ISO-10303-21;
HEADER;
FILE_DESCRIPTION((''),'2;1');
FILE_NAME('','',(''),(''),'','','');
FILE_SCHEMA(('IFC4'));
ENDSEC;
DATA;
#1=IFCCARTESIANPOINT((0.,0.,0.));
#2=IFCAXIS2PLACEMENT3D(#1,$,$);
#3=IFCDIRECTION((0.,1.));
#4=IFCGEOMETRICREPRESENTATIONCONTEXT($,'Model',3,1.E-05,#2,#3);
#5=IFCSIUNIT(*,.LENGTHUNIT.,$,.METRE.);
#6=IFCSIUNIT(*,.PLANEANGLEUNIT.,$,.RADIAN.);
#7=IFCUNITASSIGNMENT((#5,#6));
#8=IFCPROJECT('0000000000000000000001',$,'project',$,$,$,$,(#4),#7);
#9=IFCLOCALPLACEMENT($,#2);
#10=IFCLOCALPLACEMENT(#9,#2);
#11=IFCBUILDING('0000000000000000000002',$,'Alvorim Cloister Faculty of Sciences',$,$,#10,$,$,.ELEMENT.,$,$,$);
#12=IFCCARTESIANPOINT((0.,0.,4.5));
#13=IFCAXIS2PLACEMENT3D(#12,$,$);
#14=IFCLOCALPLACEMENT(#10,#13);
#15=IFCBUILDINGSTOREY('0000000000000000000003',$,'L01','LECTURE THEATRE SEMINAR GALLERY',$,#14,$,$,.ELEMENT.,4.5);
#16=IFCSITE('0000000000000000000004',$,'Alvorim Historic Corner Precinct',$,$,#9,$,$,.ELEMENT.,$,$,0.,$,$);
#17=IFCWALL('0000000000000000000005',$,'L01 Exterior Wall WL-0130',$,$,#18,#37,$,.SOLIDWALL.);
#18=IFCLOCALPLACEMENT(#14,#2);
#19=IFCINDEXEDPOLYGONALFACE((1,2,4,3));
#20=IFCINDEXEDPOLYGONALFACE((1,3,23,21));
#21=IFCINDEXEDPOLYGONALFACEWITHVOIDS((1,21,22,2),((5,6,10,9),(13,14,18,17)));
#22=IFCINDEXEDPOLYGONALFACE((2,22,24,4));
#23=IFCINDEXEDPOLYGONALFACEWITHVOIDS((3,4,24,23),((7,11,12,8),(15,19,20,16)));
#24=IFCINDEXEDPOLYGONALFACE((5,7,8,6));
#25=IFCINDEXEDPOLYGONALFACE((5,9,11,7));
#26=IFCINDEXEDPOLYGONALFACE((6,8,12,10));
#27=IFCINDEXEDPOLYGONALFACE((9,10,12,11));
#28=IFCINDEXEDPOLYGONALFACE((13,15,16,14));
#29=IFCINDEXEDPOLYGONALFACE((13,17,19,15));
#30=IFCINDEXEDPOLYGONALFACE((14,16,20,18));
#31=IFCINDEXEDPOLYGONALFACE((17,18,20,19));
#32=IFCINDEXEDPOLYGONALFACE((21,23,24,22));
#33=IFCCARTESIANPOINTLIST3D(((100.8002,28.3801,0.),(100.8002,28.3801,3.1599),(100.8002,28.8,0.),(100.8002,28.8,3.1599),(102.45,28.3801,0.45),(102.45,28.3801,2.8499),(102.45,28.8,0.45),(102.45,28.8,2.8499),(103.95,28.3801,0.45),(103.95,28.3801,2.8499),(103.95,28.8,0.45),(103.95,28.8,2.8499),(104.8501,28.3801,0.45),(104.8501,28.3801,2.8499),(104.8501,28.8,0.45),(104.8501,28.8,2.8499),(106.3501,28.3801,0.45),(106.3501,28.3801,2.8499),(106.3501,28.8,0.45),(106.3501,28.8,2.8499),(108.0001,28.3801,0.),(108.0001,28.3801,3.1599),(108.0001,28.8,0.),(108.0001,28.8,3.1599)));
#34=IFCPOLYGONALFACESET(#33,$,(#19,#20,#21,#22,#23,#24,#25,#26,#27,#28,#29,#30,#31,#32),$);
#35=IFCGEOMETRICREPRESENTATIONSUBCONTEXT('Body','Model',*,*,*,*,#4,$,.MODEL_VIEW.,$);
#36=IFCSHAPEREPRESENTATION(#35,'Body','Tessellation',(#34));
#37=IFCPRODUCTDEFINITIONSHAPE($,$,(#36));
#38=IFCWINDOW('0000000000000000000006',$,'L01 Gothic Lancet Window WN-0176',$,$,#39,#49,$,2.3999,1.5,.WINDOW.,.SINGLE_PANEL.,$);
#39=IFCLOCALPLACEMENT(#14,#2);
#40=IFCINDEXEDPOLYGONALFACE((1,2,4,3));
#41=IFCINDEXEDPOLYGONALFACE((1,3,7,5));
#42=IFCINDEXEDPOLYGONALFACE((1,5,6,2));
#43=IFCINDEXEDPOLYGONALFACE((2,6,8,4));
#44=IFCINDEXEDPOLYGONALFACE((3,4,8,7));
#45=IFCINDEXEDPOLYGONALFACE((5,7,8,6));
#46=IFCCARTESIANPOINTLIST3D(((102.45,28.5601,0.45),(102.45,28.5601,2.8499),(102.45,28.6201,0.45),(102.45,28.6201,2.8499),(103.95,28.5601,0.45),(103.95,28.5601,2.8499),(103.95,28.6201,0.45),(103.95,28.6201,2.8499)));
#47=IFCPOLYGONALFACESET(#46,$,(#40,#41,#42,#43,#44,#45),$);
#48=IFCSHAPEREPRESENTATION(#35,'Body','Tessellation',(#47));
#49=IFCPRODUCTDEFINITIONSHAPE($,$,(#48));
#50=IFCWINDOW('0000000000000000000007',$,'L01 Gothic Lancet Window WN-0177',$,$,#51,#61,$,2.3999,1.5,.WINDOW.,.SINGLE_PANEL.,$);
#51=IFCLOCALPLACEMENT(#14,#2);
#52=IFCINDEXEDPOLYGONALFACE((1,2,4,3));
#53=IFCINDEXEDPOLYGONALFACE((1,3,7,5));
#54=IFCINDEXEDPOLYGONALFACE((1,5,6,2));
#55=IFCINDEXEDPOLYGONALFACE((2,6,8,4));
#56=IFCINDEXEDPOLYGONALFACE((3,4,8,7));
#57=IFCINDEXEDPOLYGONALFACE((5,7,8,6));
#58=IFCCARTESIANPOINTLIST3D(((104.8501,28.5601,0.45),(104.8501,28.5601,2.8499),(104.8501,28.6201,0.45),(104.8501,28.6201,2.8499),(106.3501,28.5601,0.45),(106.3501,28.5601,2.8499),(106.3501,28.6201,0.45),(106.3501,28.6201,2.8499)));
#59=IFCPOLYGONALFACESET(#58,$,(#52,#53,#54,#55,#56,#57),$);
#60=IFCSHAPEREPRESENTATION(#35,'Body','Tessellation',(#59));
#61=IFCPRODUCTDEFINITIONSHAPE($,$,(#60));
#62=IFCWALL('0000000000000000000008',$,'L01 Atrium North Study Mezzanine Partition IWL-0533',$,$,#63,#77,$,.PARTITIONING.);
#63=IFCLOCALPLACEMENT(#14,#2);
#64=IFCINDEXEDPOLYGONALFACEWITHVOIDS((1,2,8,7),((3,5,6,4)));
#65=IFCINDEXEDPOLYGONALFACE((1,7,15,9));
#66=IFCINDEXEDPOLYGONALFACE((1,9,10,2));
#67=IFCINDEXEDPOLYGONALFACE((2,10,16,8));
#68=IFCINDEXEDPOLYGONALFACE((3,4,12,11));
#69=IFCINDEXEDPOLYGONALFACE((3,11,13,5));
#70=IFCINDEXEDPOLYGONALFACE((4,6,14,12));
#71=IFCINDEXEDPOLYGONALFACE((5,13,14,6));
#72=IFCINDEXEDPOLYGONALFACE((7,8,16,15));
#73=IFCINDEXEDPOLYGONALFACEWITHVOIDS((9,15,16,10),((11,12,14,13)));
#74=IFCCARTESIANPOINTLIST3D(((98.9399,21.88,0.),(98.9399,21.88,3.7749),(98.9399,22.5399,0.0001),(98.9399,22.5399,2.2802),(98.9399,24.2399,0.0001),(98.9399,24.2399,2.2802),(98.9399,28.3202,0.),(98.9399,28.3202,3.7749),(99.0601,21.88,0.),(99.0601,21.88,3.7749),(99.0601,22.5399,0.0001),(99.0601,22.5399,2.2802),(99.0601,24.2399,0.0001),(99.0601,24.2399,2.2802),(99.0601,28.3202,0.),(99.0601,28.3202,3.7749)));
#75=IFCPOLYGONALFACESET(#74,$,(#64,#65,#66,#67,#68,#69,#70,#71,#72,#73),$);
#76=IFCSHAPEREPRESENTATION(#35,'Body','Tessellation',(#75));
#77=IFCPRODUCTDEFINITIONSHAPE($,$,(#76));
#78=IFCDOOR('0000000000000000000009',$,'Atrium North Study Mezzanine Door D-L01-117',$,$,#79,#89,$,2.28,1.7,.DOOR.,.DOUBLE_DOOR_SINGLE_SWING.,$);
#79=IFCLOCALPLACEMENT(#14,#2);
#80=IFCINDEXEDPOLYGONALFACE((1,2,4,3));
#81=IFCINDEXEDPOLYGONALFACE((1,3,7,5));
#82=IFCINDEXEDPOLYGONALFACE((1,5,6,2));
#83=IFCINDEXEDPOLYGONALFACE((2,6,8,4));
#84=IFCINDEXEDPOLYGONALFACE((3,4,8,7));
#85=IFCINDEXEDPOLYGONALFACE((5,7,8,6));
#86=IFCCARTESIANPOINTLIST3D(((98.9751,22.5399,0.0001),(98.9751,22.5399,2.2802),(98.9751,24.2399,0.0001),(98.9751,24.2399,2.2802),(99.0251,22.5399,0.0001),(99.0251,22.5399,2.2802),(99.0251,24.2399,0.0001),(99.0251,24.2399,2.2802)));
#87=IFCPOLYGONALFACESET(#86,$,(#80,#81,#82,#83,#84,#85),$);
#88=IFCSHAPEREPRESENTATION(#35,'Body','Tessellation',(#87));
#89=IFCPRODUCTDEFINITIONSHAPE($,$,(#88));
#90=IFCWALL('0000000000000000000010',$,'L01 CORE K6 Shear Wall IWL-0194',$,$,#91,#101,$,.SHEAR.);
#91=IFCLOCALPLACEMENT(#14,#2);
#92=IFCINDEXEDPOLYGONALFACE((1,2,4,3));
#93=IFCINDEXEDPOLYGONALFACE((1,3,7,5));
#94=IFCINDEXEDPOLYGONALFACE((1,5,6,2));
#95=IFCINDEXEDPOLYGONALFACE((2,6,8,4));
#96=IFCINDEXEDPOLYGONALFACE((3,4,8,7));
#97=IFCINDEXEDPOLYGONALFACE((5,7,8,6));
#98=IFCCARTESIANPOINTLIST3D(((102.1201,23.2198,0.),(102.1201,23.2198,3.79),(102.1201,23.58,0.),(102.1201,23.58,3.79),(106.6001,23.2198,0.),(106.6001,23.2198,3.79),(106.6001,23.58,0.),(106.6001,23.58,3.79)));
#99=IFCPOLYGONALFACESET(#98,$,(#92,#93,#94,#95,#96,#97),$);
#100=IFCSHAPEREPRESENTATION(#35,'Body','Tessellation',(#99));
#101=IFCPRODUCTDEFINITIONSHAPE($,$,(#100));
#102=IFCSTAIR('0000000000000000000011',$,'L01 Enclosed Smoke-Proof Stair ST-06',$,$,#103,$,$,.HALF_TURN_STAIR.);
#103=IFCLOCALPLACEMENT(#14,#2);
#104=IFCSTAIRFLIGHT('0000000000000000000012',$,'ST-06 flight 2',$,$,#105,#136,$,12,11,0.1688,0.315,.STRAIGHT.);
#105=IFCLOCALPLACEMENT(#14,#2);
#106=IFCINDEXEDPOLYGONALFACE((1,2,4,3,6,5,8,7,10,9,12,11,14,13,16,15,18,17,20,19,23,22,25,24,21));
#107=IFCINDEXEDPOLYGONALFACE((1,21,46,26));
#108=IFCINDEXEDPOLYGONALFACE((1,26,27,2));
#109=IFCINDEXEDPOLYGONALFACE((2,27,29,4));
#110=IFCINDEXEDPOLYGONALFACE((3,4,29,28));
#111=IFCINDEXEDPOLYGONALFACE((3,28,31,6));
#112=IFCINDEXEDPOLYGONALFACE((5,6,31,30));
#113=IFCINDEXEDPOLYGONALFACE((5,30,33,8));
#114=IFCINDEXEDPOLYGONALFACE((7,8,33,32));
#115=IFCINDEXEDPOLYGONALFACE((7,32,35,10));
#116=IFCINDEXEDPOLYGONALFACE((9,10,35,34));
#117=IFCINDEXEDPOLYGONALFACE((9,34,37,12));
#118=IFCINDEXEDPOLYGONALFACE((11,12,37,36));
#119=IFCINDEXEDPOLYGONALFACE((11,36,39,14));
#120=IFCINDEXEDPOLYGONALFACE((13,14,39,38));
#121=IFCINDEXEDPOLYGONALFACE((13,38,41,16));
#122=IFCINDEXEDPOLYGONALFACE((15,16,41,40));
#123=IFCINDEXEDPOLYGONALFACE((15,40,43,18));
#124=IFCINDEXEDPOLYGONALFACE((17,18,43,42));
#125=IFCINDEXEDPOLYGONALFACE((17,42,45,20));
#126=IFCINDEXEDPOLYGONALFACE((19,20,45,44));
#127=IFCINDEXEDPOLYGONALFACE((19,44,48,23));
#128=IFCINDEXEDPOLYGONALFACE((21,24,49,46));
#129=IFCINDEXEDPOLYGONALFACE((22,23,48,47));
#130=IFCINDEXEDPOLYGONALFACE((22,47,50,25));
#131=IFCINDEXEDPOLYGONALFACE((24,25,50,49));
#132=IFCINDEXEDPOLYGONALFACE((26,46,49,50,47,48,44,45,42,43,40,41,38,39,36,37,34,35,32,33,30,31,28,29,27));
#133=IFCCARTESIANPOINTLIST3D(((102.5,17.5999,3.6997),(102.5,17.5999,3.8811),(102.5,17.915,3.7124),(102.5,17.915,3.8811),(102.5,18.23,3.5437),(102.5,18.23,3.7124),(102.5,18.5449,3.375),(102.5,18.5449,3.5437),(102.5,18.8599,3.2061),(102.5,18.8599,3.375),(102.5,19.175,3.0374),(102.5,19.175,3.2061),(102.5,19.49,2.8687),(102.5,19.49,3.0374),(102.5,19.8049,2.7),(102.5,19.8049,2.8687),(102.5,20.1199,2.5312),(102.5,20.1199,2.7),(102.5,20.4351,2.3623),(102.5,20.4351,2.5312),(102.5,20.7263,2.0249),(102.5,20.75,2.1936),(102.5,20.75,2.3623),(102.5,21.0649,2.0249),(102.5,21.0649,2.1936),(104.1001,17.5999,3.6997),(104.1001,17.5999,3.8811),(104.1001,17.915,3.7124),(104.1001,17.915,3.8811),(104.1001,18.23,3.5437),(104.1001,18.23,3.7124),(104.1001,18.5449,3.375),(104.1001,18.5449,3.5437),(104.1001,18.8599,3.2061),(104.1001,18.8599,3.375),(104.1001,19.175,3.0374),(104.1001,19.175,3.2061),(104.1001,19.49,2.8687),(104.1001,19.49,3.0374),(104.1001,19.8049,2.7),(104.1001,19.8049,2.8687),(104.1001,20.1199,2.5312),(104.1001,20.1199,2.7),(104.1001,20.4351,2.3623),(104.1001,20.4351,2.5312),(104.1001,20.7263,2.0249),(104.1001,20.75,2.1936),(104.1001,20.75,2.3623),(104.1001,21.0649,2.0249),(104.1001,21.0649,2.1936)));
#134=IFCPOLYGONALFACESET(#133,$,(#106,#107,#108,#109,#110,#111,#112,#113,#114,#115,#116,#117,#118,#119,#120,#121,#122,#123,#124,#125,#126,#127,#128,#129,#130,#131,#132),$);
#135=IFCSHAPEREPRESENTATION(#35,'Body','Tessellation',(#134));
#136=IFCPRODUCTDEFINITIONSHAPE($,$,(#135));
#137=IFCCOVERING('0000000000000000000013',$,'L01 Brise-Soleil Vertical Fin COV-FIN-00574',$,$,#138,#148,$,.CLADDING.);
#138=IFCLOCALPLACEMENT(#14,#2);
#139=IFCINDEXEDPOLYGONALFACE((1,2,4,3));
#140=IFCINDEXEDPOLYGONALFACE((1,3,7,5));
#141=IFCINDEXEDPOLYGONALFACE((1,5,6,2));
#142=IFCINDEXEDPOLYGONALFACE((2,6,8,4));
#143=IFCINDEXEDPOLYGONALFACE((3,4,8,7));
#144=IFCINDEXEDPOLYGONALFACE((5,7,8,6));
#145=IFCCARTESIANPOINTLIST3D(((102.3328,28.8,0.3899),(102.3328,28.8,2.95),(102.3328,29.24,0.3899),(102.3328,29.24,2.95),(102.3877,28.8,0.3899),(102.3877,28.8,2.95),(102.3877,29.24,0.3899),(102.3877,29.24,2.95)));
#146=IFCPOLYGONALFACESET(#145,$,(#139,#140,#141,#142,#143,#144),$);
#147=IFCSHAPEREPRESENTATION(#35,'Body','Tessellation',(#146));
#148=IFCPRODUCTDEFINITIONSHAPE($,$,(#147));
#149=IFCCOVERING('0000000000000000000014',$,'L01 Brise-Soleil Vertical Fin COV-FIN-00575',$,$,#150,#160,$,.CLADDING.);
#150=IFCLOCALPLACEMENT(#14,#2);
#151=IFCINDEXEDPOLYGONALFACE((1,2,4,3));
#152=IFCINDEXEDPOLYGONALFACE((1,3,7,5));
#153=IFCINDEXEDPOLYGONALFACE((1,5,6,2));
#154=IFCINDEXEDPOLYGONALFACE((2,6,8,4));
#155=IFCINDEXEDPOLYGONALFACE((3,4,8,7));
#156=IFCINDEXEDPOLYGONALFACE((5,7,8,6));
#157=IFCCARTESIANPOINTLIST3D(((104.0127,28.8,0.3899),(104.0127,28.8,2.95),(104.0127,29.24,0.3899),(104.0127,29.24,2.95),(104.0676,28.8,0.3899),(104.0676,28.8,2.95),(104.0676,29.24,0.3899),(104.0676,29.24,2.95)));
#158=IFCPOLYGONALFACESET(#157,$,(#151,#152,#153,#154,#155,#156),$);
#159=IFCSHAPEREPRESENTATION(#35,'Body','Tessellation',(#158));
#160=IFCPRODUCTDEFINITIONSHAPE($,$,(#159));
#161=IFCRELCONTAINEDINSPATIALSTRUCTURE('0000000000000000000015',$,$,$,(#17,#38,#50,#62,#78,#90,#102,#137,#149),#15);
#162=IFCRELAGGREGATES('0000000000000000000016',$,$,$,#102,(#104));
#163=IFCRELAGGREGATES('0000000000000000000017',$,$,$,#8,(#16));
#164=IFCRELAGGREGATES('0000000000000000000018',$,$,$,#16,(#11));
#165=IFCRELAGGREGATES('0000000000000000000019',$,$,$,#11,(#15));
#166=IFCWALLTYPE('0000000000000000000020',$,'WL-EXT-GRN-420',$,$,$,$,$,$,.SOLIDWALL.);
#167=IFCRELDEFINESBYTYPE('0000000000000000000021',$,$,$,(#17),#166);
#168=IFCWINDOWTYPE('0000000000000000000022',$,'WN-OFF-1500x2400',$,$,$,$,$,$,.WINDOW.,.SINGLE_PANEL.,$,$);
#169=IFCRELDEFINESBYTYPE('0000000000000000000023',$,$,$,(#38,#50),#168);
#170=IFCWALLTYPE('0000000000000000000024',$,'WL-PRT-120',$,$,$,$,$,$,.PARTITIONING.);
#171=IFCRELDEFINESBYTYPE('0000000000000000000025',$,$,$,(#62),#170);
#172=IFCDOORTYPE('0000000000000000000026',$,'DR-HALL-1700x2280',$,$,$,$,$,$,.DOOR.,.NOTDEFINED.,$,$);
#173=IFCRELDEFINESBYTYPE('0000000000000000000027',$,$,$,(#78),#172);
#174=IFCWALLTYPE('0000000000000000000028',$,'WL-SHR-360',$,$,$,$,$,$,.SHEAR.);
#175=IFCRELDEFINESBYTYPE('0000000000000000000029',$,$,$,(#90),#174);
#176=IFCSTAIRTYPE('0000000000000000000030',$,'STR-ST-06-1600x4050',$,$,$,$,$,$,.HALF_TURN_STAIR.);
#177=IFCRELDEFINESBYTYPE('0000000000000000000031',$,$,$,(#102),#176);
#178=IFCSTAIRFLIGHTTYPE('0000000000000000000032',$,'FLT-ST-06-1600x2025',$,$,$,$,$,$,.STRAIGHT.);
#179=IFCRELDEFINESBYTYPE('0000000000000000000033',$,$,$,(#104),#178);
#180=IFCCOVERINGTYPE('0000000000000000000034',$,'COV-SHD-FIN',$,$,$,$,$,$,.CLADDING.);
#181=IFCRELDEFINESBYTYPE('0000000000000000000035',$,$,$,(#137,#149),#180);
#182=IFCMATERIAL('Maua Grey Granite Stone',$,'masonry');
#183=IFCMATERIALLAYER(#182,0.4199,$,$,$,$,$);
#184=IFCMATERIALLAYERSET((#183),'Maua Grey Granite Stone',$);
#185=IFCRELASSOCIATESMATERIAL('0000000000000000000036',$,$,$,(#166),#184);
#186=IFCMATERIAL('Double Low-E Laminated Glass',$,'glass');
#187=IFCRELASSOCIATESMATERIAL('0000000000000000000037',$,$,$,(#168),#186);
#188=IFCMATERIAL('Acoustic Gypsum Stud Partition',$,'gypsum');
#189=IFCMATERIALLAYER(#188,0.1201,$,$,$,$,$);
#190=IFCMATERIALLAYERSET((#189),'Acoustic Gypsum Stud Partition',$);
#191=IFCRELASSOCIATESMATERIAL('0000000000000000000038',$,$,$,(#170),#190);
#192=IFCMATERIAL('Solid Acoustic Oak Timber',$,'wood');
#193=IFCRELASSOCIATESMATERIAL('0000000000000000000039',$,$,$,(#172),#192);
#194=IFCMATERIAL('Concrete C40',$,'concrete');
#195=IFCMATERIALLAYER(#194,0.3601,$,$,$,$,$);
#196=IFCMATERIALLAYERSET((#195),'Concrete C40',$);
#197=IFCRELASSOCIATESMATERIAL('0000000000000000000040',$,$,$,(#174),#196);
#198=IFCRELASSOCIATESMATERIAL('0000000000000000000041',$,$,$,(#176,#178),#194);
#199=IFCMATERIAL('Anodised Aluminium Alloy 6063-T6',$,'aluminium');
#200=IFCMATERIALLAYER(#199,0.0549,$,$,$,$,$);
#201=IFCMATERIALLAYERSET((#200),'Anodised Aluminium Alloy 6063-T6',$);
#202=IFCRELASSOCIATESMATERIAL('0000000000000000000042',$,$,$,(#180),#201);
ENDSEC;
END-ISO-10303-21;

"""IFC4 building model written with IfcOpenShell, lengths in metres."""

from ifc_helpers import new_model, si_unit, direction, frame, frame_2d, origin, place, context, subcontext, project, spatial, polyline, rectangle, outline, extrude, material, layer, layer_set, type_object, element, fill, aggregate, save


model = new_model("IFC4")

# Units and contexts
model_context = context("Model", 3, precision=1e-05, world=origin(), true_north=direction((0.0, 1.0)))
body_context = subcontext(model_context, "Body", "Model", "MODEL_VIEW")
ifc_project = project(units=[si_unit("LENGTHUNIT", "METRE"), si_unit("PLANEANGLEUNIT", "RADIAN")], contexts=[model_context])

# Site, building, storey
site_placement = place(None, origin())
site = spatial("IfcSite", under=ifc_project, at=site_placement, Name="Alvorim Historic Corner Precinct", CompositionType="ELEMENT", RefElevation=0.0)
building_placement = place(site_placement, origin())
building = spatial("IfcBuilding", under=site, at=building_placement, Name="Alvorim Cloister Faculty of Sciences", CompositionType="ELEMENT")
storey_placement = place(building_placement, frame((0.0, 0.0, 4.5)))
storey = spatial("IfcBuildingStorey", under=building, at=storey_placement, Name="L01", Description="LECTURE THEATRE SEMINAR GALLERY", CompositionType="ELEMENT", Elevation=4.5)

# Shared definitions
ifc_material_1 = material(Name="Concrete C40", Category="concrete")

# Shared definitions
ifc_material_2 = material(Name="Double Low-E Laminated Glass", Category="glass")

# Wall, openings, windows
ifc_material_3 = material(Name="Maua Grey Granite Stone", Category="masonry")
ifc_layer_1 = layer(ifc_material_3, 0.4199)
ifc_layer_set_1 = layer_set([ifc_layer_1], Name="Maua Grey Granite Stone")
wall_type_1 = type_object("IfcWallType", Name="WL-EXT-GRN-420", PredefinedType="SOLIDWALL", material=ifc_layer_set_1)
wall_1_placement = place(storey_placement, frame((100.8, 28.5901, 0.0), z_axis=(0.0, 0.0, 1.0), x_axis=(1.0, 0.0, 0.0)))
wall_1 = element("IfcWall", 1, at=wall_1_placement, inside=storey, type_object=wall_type_1, Name="L01 Exterior Wall WL-0130", PredefinedType="SOLIDWALL", context=body_context, shape_type="SweptSolid", body=[
    extrude(rectangle(XDim=7.2, YDim=0.4199, at=frame_2d((3.6001, 0.0))), origin(), (0.0, 0.0, 1.0), 3.1599),
])
opening_1_placement = place(wall_1_placement, frame((1.6499, 0.0, 0.45)))
opening_1 = element("IfcOpeningElement", 2, at=opening_1_placement, cuts=wall_1, PredefinedType="OPENING", context=body_context, shape_type="SweptSolid", body=[
    extrude(rectangle(XDim=1.5, YDim=2.3999, at=frame_2d((0.75, 1.2))), frame((0.0, 0.2219, 0.0), z_axis=(0.0, -1.0, 0.0), x_axis=(1.0, 0.0, 0.0)), (0.0, 0.0, 1.0), 0.4438),
])
opening_2_placement = place(wall_1_placement, frame((4.05, 0.0, 0.45)))
opening_2 = element("IfcOpeningElement", 3, at=opening_2_placement, cuts=wall_1, PredefinedType="OPENING", context=body_context, shape_type="SweptSolid", body=[
    extrude(rectangle(XDim=1.5, YDim=2.3999, at=frame_2d((0.75, 1.2))), frame((0.0, 0.2219, 0.0), z_axis=(0.0, -1.0, 0.0), x_axis=(1.0, 0.0, 0.0)), (0.0, 0.0, 1.0), 0.4438),
])
window_type = type_object("IfcWindowType", Name="WN-OFF-1500x2400", PartitioningType="SINGLE_PANEL", PredefinedType="WINDOW", material=ifc_material_2)
window_1_placement = place(opening_1_placement, origin())
window_1 = element("IfcWindow", 4, at=window_1_placement, inside=storey, type_object=window_type, Name="L01 Gothic Lancet Window WN-0176", OverallHeight=2.3999, OverallWidth=1.5, PartitioningType="SINGLE_PANEL", PredefinedType="WINDOW", context=body_context, shape_type="SweptSolid", body=[
    extrude(rectangle(XDim=1.5, YDim=2.3999, at=frame_2d((0.75, 1.2))), frame((0.0, 0.03, 0.0), z_axis=(0.0, -1.0, 0.0), x_axis=(1.0, 0.0, 0.0)), (0.0, 0.0, 1.0), 0.0601),
])
fill(opening_1, window_1)
window_2_placement = place(opening_2_placement, origin())
window_2 = element("IfcWindow", 5, at=window_2_placement, inside=storey, type_object=window_type, Name="L01 Gothic Lancet Window WN-0177", OverallHeight=2.3999, OverallWidth=1.5, PartitioningType="SINGLE_PANEL", PredefinedType="WINDOW", context=body_context, shape_type="SweptSolid", body=[
    extrude(rectangle(XDim=1.5, YDim=2.3999, at=frame_2d((0.75, 1.2))), frame((0.0, 0.03, 0.0), z_axis=(0.0, -1.0, 0.0), x_axis=(1.0, 0.0, 0.0)), (0.0, 0.0, 1.0), 0.0601),
])
fill(opening_2, window_2)

# Wall, opening, door
ifc_material_4 = material(Name="Acoustic Gypsum Stud Partition", Category="gypsum")
ifc_layer_2 = layer(ifc_material_4, 0.1201)
ifc_layer_set_2 = layer_set([ifc_layer_2], Name="Acoustic Gypsum Stud Partition")
wall_type_2 = type_object("IfcWallType", Name="WL-PRT-120", PredefinedType="PARTITIONING", material=ifc_layer_set_2)
wall_2_placement = place(storey_placement, frame((99.0, 21.8799, 0.0), z_axis=(0.0, 0.0, 1.0), x_axis=(0.0, 1.0, 0.0)))
wall_2 = element("IfcWall", 6, at=wall_2_placement, inside=storey, type_object=wall_type_2, Name="L01 Atrium North Study Mezzanine Partition IWL-0533", PredefinedType="PARTITIONING", context=body_context, shape_type="SweptSolid", body=[
    extrude(rectangle(XDim=6.4402, YDim=0.1201, at=frame_2d((3.2202, 0.0))), origin(), (0.0, 0.0, 1.0), 3.7749),
])
opening_3_placement = place(wall_2_placement, frame((0.6599, 0.0, 0.0)))
opening_3 = element("IfcOpeningElement", 7, at=opening_3_placement, cuts=wall_2, PredefinedType="OPENING", context=body_context, shape_type="SweptSolid", body=[
    extrude(rectangle(XDim=1.7, YDim=2.28, at=frame_2d((0.8501, 1.1401))), frame((0.0, 0.072, 0.0), z_axis=(0.0, -1.0, 0.0), x_axis=(1.0, 0.0, 0.0)), (0.0, 0.0, 1.0), 0.144),
])
ifc_material_5 = material(Name="Solid Acoustic Oak Timber", Category="wood")
door_type = type_object("IfcDoorType", Name="DR-HALL-1700x2280", OperationType="NOTDEFINED", PredefinedType="DOOR", material=ifc_material_5)
door_placement = place(opening_3_placement, origin())
door = element("IfcDoor", 8, at=door_placement, inside=storey, type_object=door_type, Name="Atrium North Study Mezzanine Door D-L01-117", OperationType="DOUBLE_DOOR_SINGLE_SWING", OverallHeight=2.28, OverallWidth=1.7, PredefinedType="DOOR", context=body_context, shape_type="SweptSolid", body=[
    extrude(rectangle(XDim=1.7, YDim=2.28, at=frame_2d((0.8501, 1.1401))), frame((0.0, 0.0249, 0.0), z_axis=(0.0, -1.0, 0.0), x_axis=(1.0, 0.0, 0.0)), (0.0, 0.0, 1.0), 0.05),
])
fill(opening_3, door)

# Wall
ifc_layer_3 = layer(ifc_material_1, 0.3601)
ifc_layer_set_3 = layer_set([ifc_layer_3], Name="Concrete C40")
wall_type_3 = type_object("IfcWallType", Name="WL-SHR-360", PredefinedType="SHEAR", material=ifc_layer_set_3)
wall_3_placement = place(storey_placement, frame((102.1201, 23.3999, 0.0), z_axis=(0.0, 0.0, 1.0), x_axis=(1.0, 0.0, 0.0)))
element("IfcWall", 9, at=wall_3_placement, inside=storey, type_object=wall_type_3, Name="L01 CORE K6 Shear Wall IWL-0194", PredefinedType="SHEAR", context=body_context, shape_type="SweptSolid", body=[
    extrude(rectangle(XDim=4.48, YDim=0.3601, at=frame_2d((2.24, 0.0))), origin(), (0.0, 0.0, 1.0), 3.79),
])

# Stair, stair flight
stair_type = type_object("IfcStairType", Name="STR-ST-06-1600x4050", PredefinedType="HALF_TURN_STAIR", material=ifc_material_1)
stair_placement = place(storey_placement, origin())
stair = element("IfcStair", 10, at=stair_placement, inside=storey, type_object=stair_type, Name="L01 Enclosed Smoke-Proof Stair ST-06", PredefinedType="HALF_TURN_STAIR")
stair_flight_type = type_object("IfcStairFlightType", Name="FLT-ST-06-1600x2025", PredefinedType="STRAIGHT", material=ifc_material_1)
stair_flight_placement = place(storey_placement, frame((103.3, 21.0649, 2.0249), z_axis=(0.0, 0.0, 1.0), x_axis=(0.0, -1.0, 0.0)))
stair_flight = element("IfcStairFlight", 11, at=stair_flight_placement, type_object=stair_flight_type, Name="ST-06 flight 2", NumberOfRisers=12, NumberOfTreads=11, PredefinedType="STRAIGHT", RiserHeight=0.1688, TreadLength=0.315, context=body_context, shape_type="SweptSolid", body=[
    extrude(outline(polyline([(0.3386, 0.0), (3.4651, 1.6748), (3.4651, 2.0249), (3.4651, 1.8562), (3.1499, 1.8562), (3.1499, 1.6875), (2.835, 1.6875), (2.835, 1.5188), (2.52, 1.5188), (2.52, 1.3501), (2.2051, 1.3501), (2.2051, 1.1812), (1.8899, 1.1812), (1.8899, 1.0125), (1.575, 1.0125), (1.575, 0.8438), (1.26, 0.8438), (1.26, 0.675), (0.9451, 0.675), (0.9451, 0.5063), (0.6299, 0.5063), (0.6299, 0.3374), (0.3149, 0.3374), (0.3149, 0.1687), (0.0, 0.1687), (0.0, 0.0), (0.3386, 0.0)])), frame((0.0, 0.8, 0.0), z_axis=(0.0, -1.0, 0.0), x_axis=(1.0, 0.0, 0.0)), (0.0, 0.0, 1.0), 1.6001),
])
aggregate(stair, [stair_flight])

# Coverings
ifc_material_6 = material(Name="Anodised Aluminium Alloy 6063-T6", Category="aluminium")
ifc_layer_4 = layer(ifc_material_6, 0.0549)
ifc_layer_set_4 = layer_set([ifc_layer_4], Name="Anodised Aluminium Alloy 6063-T6")
covering_type = type_object("IfcCoveringType", Name="COV-SHD-FIN", PredefinedType="CLADDING", material=ifc_layer_set_4)
for number, where, z_axis, x_axis, name in (
    (12, (102.3601, 28.8, 0.3899), (0.0, 0.0, 1.0), (0.0, 1.0, 0.0), "L01 Brise-Soleil Vertical Fin COV-FIN-00574"),
    (13, (104.04, 28.8, 0.3899), (0.0, 0.0, 1.0), (0.0, 1.0, 0.0), "L01 Brise-Soleil Vertical Fin COV-FIN-00575"),
):
    element("IfcCovering", number, at=place(storey_placement, frame(where, z_axis=z_axis, x_axis=x_axis)), inside=storey, type_object=covering_type, Name=name, PredefinedType="CLADDING", context=body_context, shape_type="SweptSolid", body=[
        extrude(outline(polyline([(0.0, 0.0), (0.4399, 0.0), (0.4399, 2.5601), (0.0, 2.5601), (0.0, 0.0)])), frame((0.0, 0.0273, 0.0), z_axis=(0.0, -1.0, 0.0), x_axis=(1.0, 0.0, 0.0)), (0.0, 0.0, 1.0), 0.0549),
    ])

save(model, "model.ifc")
